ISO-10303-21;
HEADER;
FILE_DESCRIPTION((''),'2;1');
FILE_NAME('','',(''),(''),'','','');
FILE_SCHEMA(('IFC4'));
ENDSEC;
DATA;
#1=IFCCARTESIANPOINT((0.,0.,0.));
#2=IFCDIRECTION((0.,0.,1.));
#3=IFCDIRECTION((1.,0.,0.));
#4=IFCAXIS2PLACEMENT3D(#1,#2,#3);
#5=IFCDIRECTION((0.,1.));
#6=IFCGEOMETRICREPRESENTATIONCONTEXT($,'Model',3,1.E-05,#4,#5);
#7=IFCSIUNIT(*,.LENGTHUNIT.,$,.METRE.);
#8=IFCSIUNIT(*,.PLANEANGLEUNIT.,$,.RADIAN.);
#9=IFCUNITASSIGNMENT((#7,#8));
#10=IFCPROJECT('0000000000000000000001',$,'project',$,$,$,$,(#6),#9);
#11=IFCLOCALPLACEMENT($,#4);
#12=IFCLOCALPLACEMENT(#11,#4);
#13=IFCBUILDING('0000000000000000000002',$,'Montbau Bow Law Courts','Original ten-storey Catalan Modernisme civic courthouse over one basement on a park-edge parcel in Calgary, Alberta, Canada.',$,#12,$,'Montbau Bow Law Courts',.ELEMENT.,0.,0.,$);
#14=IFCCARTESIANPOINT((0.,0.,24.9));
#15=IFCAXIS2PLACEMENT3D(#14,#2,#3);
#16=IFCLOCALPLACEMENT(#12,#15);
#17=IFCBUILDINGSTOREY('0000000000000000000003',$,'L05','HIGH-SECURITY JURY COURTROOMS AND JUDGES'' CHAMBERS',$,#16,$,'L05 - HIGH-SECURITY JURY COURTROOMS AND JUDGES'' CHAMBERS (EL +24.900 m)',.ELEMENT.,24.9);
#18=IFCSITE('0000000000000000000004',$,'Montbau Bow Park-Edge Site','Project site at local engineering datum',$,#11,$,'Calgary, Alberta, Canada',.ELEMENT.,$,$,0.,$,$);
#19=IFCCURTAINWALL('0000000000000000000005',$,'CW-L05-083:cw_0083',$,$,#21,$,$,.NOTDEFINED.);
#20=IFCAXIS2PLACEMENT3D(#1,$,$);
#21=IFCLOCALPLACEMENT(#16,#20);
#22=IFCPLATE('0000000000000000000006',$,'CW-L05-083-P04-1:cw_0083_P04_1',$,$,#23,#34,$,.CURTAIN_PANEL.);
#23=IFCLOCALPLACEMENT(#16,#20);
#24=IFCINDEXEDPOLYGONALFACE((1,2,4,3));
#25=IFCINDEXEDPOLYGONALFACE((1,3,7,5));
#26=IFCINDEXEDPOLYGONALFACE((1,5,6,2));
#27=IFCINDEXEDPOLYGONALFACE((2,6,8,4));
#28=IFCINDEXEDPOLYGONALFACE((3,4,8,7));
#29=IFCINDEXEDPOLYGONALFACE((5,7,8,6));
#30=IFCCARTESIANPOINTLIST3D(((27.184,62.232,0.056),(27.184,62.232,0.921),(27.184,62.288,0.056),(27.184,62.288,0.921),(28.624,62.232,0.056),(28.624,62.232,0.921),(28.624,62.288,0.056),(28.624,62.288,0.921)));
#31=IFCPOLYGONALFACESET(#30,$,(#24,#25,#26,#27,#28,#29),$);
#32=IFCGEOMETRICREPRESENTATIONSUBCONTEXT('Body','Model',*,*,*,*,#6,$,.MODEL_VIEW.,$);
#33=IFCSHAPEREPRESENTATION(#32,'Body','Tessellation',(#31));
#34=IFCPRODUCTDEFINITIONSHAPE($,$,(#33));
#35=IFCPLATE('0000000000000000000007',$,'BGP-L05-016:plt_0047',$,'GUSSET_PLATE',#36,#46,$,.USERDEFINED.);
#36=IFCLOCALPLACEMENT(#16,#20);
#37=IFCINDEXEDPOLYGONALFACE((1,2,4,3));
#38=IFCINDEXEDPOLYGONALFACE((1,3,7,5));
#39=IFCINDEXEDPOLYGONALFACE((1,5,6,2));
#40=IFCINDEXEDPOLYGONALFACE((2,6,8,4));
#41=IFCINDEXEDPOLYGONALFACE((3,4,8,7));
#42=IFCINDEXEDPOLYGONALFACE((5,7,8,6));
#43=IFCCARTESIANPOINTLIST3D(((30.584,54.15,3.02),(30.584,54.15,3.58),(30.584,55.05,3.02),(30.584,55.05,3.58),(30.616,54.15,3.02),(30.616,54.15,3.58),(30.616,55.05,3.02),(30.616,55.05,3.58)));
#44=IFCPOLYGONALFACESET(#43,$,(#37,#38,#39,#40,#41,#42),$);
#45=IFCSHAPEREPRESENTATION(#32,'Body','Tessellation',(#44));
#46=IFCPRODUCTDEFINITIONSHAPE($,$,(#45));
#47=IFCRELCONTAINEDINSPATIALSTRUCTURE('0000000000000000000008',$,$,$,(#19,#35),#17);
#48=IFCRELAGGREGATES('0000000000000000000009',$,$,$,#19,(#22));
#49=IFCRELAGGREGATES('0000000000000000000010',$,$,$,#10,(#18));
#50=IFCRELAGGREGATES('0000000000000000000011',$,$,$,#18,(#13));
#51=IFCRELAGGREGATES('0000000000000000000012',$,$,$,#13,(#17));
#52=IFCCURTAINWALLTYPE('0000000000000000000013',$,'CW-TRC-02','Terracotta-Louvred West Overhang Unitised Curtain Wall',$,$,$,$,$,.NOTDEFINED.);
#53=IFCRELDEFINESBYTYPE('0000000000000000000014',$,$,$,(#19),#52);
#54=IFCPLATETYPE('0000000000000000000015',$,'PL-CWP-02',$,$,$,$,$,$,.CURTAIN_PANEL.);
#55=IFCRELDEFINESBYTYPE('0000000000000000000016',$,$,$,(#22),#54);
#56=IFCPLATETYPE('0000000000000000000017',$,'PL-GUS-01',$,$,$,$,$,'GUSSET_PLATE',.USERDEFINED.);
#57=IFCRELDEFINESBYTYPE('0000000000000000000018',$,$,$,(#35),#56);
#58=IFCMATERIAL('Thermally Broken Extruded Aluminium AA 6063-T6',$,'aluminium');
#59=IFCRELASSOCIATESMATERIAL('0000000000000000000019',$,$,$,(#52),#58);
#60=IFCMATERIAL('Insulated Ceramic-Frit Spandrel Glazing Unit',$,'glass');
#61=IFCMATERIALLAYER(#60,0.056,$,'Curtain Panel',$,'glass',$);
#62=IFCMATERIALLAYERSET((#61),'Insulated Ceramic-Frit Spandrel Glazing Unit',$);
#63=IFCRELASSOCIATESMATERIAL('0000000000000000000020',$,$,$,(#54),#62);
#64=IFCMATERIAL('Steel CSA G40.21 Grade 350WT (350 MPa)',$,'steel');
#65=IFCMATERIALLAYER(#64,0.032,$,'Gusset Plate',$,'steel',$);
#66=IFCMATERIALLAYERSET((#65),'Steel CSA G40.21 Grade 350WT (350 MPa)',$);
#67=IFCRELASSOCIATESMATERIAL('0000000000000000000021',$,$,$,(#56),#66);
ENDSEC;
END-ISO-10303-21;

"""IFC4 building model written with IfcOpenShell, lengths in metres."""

from ifc_helpers import new_model, si_unit, direction, frame, frame_2d, origin_with_axes, origin_2d_with_axis, place, context, subcontext, project, spatial, rectangle, extrude, material, layer, layer_set, type_object, element, aggregate, save


model = new_model("IFC4")

# Units and contexts
model_context = context("Model", 3, precision=1e-05, world=origin_with_axes(), true_north=direction((0.0, 1.0)))
body_context = subcontext(model_context, "Body", "Model", "MODEL_VIEW")
ifc_project = project(units=[si_unit("LENGTHUNIT", "METRE"), si_unit("PLANEANGLEUNIT", "RADIAN")], contexts=[model_context])

# Site, building, storey
site_placement = place(None, origin_with_axes())
site = spatial("IfcSite", under=ifc_project, at=site_placement, Name="Montbau Bow Park-Edge Site", Description="Project site at local engineering datum", LongName="Calgary, Alberta, Canada", CompositionType="ELEMENT", RefElevation=0.0)
building_placement = place(site_placement, origin_with_axes())
building = spatial("IfcBuilding", under=site, at=building_placement, Name="Montbau Bow Law Courts", Description="Original ten-storey Catalan Modernisme civic courthouse over one basement on a park-edge parcel in Calgary, Alberta, Canada.", LongName="Montbau Bow Law Courts", CompositionType="ELEMENT", ElevationOfRefHeight=0.0, ElevationOfTerrain=0.0)
storey_placement = place(building_placement, frame((0.0, 0.0, 24.9), z_axis=(0.0, 0.0, 1.0), x_axis=(1.0, 0.0, 0.0)))
storey = spatial("IfcBuildingStorey", under=building, at=storey_placement, Name="L05", Description="HIGH-SECURITY JURY COURTROOMS AND JUDGES' CHAMBERS", LongName="L05 - HIGH-SECURITY JURY COURTROOMS AND JUDGES' CHAMBERS (EL +24.900 m)", CompositionType="ELEMENT", Elevation=24.9)

# Shared definitions
ifc_material_1 = material(Name="Steel CSA G40.21 Grade 350WT (350 MPa)", Category="steel")

# Curtain wall, plate
ifc_material_2 = material(Name="Thermally Broken Extruded Aluminium AA 6063-T6", Category="aluminium")
curtain_wall_type = type_object("IfcCurtainWallType", Name="CW-TRC-02", Description="Terracotta-Louvred West Overhang Unitised Curtain Wall", PredefinedType="NOTDEFINED", material=ifc_material_2)
curtain_wall_placement = place(None, frame((22.64, 62.26, 24.9), z_axis=(0.0, 0.0, 1.0), x_axis=(1.0, 0.0, 0.0)))
curtain_wall = element("IfcCurtainWall", 1, at=curtain_wall_placement, inside=storey, type_object=curtain_wall_type, Name="CW-L05-083:cw_0083", PredefinedType="NOTDEFINED")
ifc_material_3 = material(Name="Insulated Ceramic-Frit Spandrel Glazing Unit", Category="glass")
ifc_layer_1 = layer(ifc_material_3, 0.056, Name="Curtain Panel", Category="glass")
ifc_layer_set_1 = layer_set([ifc_layer_1], Name="Insulated Ceramic-Frit Spandrel Glazing Unit")
plate_type_1 = type_object("IfcPlateType", Name="PL-CWP-02", PredefinedType="CURTAIN_PANEL", material=ifc_layer_set_1)
plate_1_placement = place(None, frame((27.184, 62.26, 24.956), z_axis=(0.0, -1.0, 0.0), x_axis=(1.0, 0.0, 0.0)))
plate_1 = element("IfcPlate", 2, at=plate_1_placement, type_object=plate_type_1, Name="CW-L05-083-P04-1:cw_0083_P04_1", PredefinedType="CURTAIN_PANEL", context=body_context, shape_type="SweptSolid", body=[
    extrude(rectangle(XDim=1.44, YDim=0.865, at=frame_2d((0.72, 0.4325), x_axis=(1.0, 0.0))), frame((0.0, 0.0, -0.028), z_axis=(0.0, 0.0, 1.0), x_axis=(1.0, 0.0, 0.0)), (0.0, 0.0, 1.0), 0.056),
])
aggregate(curtain_wall, [plate_1])

# Plate
ifc_layer_2 = layer(ifc_material_1, 0.032, Name="Gusset Plate", Category="steel")
ifc_layer_set_2 = layer_set([ifc_layer_2], Name="Steel CSA G40.21 Grade 350WT (350 MPa)")
plate_type_2 = type_object("IfcPlateType", Name="PL-GUS-01", ElementType="GUSSET_PLATE", PredefinedType="USERDEFINED", material=ifc_layer_set_2)
plate_2_placement = place(None, frame((30.6, 54.6, 27.92), z_axis=(0.0, 0.0, 1.0), x_axis=(0.0, 1.0, 0.0)))
element("IfcPlate", 3, at=plate_2_placement, inside=storey, type_object=plate_type_2, Name="BGP-L05-016:plt_0047", ObjectType="GUSSET_PLATE", PredefinedType="USERDEFINED", context=body_context, shape_type="SweptSolid", body=[
    extrude(rectangle(XDim=0.9, YDim=0.032, at=origin_2d_with_axis()), origin_with_axes(), (0.0, 0.0, 1.0), 0.56),
])

save(model, "model.ifc")
